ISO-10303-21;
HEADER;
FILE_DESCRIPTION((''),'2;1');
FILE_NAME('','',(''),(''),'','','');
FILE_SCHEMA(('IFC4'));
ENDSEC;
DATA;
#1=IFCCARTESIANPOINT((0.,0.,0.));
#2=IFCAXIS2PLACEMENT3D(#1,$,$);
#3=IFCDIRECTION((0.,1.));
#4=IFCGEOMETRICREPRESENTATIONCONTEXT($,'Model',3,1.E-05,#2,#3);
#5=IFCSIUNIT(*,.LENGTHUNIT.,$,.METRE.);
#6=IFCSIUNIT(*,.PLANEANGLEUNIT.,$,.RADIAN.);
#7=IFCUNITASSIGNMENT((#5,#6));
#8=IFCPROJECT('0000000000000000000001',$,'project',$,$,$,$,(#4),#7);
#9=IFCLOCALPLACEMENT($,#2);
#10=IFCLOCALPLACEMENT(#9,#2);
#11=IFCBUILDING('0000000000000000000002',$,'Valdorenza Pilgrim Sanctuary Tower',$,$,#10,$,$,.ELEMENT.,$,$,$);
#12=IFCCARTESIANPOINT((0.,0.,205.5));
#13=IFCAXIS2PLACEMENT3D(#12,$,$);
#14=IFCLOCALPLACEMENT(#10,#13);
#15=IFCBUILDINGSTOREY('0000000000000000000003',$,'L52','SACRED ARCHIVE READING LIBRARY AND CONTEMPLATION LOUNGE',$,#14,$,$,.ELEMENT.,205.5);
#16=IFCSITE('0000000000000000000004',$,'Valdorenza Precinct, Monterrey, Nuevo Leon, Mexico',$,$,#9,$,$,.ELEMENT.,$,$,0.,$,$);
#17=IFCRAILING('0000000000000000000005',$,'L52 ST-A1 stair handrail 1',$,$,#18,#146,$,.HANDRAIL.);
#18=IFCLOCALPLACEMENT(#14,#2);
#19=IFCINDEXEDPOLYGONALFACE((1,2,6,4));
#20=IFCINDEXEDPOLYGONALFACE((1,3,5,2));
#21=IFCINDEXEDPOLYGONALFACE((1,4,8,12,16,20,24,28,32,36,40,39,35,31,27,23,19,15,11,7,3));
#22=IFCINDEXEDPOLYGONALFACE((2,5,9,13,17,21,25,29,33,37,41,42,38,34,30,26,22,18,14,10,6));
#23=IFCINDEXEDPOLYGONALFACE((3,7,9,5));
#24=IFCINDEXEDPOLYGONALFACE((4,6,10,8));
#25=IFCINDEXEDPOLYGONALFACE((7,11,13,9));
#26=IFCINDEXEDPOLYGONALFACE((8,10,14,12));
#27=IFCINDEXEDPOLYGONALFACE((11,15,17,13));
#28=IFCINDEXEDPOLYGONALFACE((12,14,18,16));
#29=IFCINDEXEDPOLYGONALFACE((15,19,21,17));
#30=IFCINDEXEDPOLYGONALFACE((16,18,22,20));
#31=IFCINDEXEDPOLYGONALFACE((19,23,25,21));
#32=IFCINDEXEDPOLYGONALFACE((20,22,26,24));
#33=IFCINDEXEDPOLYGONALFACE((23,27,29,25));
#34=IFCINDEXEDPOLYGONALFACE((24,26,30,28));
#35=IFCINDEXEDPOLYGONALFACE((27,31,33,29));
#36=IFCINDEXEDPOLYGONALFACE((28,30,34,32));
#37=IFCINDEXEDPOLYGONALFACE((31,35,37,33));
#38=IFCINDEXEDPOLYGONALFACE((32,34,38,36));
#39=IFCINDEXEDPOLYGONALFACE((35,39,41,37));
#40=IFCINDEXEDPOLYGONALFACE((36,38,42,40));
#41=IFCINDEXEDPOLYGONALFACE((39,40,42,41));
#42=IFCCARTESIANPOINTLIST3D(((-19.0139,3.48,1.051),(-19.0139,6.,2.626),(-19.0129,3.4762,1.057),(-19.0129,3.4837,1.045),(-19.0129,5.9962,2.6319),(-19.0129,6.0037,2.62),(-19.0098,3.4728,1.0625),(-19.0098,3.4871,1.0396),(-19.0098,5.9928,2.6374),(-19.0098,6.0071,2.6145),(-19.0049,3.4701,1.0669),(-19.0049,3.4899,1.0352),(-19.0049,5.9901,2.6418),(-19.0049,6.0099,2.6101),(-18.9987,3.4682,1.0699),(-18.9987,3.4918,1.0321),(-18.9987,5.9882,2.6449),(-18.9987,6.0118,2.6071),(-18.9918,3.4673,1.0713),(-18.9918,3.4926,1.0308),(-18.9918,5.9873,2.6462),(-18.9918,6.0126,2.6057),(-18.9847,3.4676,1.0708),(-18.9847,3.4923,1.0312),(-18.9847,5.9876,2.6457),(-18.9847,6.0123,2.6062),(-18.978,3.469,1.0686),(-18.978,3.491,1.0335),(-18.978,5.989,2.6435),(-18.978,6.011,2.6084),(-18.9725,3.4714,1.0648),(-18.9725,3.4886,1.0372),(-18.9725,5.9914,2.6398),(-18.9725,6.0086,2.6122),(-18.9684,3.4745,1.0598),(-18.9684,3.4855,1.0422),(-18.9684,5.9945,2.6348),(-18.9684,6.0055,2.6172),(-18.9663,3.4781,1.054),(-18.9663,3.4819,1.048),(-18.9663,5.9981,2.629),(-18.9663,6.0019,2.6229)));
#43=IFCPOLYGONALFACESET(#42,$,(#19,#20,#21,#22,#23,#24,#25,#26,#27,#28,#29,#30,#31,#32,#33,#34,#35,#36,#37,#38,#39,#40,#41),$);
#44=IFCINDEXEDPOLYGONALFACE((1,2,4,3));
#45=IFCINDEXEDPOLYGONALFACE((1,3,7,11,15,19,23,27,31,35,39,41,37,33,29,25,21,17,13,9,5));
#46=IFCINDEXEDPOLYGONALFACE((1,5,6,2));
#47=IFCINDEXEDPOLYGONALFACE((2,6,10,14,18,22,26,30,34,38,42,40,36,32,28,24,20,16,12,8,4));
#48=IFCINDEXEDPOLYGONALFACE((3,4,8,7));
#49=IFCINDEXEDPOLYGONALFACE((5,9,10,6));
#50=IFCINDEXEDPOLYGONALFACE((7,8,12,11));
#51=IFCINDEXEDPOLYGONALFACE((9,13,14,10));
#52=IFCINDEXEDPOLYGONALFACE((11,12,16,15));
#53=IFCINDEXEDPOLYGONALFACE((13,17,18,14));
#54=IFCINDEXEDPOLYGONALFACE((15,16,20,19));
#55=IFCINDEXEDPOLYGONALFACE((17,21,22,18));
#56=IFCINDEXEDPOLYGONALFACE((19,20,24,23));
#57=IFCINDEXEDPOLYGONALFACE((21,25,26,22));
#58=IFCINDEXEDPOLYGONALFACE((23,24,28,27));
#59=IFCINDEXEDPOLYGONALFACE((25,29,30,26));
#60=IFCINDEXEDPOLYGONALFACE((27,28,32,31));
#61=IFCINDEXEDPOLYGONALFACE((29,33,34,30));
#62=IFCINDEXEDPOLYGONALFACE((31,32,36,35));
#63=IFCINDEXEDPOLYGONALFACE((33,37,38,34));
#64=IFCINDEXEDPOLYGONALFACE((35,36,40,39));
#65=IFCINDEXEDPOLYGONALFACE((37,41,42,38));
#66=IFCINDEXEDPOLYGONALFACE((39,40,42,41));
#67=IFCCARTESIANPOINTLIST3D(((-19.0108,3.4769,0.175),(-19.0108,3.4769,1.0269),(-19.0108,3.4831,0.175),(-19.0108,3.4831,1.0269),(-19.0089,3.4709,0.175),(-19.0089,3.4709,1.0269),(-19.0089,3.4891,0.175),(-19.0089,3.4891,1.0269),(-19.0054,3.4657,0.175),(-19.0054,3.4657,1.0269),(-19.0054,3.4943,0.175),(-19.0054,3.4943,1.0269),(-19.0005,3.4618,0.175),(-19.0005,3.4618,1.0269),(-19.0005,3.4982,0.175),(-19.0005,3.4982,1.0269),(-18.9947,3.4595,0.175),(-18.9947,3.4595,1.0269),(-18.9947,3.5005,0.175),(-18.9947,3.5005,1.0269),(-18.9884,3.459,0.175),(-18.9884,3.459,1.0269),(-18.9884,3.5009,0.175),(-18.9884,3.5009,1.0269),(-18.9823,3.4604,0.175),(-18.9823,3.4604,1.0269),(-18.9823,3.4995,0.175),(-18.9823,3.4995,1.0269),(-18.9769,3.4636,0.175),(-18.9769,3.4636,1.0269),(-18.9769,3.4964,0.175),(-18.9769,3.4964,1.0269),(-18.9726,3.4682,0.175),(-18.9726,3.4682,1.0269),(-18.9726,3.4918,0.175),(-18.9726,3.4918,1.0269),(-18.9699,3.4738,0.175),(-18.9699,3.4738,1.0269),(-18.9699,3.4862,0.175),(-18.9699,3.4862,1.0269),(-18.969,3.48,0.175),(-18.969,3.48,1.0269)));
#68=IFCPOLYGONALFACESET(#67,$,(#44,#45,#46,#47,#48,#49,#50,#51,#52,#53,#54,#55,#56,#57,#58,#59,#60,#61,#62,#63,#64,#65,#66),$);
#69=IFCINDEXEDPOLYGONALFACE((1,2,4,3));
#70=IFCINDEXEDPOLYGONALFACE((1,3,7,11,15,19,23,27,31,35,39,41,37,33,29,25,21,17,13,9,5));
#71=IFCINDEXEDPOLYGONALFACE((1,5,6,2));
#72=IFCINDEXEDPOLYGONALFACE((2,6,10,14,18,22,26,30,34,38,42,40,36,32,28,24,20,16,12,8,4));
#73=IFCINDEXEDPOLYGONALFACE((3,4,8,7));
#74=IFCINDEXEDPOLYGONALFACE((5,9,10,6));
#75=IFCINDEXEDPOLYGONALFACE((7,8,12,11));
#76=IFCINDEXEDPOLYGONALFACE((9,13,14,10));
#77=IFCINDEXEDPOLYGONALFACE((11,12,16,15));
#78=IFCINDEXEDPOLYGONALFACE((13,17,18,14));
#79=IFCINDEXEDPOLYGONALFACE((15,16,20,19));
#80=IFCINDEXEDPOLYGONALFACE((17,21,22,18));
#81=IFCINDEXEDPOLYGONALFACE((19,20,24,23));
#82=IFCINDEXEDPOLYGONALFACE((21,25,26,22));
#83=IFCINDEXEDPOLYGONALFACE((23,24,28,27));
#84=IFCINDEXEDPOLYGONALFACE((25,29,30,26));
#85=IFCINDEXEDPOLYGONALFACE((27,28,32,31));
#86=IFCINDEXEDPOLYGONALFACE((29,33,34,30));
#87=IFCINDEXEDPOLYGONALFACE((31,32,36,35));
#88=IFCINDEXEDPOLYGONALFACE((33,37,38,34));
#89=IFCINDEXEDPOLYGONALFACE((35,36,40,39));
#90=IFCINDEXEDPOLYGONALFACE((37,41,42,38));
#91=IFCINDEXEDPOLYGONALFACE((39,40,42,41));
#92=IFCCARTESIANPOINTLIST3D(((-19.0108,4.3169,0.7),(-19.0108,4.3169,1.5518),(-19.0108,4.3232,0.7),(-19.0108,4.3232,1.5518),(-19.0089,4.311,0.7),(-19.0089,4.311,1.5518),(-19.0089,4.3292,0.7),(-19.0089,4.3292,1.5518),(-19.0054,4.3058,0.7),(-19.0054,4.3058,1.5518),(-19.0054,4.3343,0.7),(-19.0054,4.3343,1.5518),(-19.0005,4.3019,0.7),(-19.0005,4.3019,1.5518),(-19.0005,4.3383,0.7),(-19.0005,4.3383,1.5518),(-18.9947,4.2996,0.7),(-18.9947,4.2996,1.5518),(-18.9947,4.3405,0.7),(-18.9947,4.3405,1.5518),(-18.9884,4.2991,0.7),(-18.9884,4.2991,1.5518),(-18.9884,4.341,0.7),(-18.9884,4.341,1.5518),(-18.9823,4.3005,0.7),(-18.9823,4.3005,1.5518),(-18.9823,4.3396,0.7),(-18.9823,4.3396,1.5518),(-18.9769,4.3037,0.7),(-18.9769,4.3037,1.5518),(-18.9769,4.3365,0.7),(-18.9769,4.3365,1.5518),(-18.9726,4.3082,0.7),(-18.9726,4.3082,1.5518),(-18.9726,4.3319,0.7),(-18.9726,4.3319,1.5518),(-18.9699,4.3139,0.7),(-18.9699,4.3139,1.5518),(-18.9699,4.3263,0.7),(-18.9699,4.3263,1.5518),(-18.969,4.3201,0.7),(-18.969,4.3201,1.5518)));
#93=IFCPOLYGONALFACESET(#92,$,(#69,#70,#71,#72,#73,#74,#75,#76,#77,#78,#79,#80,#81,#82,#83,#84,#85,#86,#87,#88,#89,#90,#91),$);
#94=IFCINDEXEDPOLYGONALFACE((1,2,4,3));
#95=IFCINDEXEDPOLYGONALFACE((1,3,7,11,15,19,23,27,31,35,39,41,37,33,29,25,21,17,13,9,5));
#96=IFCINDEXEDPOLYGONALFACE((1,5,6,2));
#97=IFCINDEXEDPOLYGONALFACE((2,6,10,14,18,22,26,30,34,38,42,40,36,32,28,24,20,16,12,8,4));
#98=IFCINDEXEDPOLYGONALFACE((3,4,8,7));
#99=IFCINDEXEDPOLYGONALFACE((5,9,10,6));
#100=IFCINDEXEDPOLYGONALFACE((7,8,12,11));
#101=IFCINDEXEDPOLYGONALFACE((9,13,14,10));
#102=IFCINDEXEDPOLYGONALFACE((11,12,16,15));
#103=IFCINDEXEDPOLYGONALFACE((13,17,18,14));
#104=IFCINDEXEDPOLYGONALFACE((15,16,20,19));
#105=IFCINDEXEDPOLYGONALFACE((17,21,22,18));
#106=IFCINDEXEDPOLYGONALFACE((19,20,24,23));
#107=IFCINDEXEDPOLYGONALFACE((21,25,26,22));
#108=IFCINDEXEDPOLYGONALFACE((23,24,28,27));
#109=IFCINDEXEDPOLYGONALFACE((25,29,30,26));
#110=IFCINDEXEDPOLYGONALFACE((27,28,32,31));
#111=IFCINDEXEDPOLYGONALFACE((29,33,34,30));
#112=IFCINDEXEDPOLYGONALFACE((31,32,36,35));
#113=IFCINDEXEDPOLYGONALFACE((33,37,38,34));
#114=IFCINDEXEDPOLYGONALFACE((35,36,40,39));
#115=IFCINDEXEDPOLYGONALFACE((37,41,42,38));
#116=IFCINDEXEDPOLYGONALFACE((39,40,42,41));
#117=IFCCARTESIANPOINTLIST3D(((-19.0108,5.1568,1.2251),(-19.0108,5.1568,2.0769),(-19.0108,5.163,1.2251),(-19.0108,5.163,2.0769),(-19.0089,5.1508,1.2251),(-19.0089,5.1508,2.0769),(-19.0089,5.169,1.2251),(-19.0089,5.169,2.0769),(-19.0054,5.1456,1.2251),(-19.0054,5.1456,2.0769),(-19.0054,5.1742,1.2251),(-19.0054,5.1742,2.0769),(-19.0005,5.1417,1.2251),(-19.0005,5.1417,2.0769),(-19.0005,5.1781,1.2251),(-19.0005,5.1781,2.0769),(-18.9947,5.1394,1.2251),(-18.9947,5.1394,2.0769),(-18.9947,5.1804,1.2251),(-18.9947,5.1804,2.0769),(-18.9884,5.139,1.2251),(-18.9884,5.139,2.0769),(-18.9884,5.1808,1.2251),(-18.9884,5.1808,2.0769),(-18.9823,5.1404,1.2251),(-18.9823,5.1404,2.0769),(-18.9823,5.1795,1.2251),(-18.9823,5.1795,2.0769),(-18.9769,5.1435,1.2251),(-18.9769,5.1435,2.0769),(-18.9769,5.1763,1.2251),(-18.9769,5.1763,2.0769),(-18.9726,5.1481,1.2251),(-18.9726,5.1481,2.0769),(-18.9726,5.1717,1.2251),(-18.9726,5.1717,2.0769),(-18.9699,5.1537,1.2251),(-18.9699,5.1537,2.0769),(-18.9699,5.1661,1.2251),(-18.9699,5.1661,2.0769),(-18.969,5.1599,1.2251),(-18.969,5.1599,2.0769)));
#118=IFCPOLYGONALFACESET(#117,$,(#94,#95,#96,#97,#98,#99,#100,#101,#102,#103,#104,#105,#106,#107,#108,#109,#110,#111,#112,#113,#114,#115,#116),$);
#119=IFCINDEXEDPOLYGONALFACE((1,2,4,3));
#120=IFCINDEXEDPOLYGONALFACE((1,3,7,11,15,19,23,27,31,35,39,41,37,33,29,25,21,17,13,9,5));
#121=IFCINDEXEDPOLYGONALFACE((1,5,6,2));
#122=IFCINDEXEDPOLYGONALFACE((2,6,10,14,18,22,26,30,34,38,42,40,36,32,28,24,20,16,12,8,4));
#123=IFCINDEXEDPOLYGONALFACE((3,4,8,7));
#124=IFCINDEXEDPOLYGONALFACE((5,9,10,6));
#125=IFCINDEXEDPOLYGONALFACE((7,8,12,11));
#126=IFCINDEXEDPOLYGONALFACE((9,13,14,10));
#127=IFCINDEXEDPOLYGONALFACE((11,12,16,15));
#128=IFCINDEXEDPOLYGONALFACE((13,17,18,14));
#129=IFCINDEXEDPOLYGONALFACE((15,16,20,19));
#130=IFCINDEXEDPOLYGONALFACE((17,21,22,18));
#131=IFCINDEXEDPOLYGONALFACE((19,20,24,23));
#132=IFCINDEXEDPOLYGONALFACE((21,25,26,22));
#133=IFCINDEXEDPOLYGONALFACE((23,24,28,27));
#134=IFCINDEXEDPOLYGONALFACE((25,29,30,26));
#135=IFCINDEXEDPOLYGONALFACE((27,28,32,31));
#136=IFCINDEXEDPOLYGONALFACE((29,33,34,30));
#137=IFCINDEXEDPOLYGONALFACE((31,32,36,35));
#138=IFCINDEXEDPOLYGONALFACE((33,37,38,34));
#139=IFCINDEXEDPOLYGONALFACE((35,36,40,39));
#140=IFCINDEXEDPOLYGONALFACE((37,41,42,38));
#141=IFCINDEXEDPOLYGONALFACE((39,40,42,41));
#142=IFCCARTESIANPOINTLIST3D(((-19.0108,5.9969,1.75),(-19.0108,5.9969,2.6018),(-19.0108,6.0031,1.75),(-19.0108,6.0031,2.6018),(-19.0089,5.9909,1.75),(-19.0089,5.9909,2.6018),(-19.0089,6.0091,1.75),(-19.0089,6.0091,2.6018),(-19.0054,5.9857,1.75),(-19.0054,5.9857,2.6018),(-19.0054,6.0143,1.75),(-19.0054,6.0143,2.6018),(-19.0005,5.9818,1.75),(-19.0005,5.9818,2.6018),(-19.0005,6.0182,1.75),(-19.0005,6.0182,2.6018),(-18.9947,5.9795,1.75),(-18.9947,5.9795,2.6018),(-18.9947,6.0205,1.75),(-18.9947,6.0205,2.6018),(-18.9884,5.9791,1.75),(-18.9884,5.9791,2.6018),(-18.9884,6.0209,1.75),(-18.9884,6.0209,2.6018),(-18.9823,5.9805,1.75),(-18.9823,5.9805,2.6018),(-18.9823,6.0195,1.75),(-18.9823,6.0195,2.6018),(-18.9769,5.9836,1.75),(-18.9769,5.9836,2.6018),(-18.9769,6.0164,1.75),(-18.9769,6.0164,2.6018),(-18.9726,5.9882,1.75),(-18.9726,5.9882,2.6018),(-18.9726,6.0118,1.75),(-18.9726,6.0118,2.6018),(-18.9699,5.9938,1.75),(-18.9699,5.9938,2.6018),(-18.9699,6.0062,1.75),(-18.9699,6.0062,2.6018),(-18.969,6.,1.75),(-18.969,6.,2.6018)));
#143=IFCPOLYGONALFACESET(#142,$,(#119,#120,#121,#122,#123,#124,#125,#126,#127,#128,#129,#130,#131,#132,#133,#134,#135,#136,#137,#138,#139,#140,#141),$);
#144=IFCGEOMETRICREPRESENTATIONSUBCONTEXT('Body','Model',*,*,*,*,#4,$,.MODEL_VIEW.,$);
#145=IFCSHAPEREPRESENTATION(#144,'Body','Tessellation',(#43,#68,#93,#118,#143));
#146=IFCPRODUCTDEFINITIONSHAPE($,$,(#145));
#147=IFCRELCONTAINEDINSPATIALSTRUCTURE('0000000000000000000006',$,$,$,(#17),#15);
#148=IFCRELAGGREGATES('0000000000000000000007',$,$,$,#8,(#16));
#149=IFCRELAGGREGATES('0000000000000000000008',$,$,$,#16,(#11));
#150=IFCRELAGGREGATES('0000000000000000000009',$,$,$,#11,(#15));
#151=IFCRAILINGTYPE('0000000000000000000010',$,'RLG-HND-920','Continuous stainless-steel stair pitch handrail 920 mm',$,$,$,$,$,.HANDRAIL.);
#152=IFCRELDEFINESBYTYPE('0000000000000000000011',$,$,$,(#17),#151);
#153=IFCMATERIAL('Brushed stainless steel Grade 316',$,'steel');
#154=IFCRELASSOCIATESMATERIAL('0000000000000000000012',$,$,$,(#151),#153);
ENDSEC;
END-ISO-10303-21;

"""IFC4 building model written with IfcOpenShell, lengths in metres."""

from ifc_helpers import new_model, si_unit, direction, frame, origin, origin_2d, place, context, subcontext, project, spatial, circle, extrude, material, type_object, element, save


model = new_model("IFC4")

# Units and contexts
model_context = context("Model", 3, precision=1e-05, world=origin(), true_north=direction((0.0, 1.0)))
body_context = subcontext(model_context, "Body", "Model", "MODEL_VIEW")
ifc_project = project(units=[si_unit("LENGTHUNIT", "METRE"), si_unit("PLANEANGLEUNIT", "RADIAN")], contexts=[model_context])

# Site, building, storey
site_placement = place(None, origin())
site = spatial("IfcSite", under=ifc_project, at=site_placement, Name="Valdorenza Precinct, Monterrey, Nuevo Leon, Mexico", CompositionType="ELEMENT", RefElevation=0.0)
building_placement = place(site_placement, origin())
building = spatial("IfcBuilding", under=site, at=building_placement, Name="Valdorenza Pilgrim Sanctuary Tower", CompositionType="ELEMENT")
storey_placement = place(building_placement, frame((0.0, 0.0, 205.5)))
storey = spatial("IfcBuildingStorey", under=building, at=storey_placement, Name="L52", Description="SACRED ARCHIVE READING LIBRARY AND CONTEMPLATION LOUNGE", CompositionType="ELEMENT", Elevation=205.5)

# Shared definitions
ifc_material_1 = material(Name="Brushed stainless steel Grade 316", Category="steel")

# Railing
railing_type_1 = type_object("IfcRailingType", Name="RLG-HND-920", Description="Continuous stainless-steel stair pitch handrail 920 mm", PredefinedType="HANDRAIL", material=ifc_material_1)
railing_1_placement = place(storey_placement, frame((-18.99, 3.48, 0.175)))
element("IfcRailing", 1, at=railing_1_placement, inside=storey, type_object=railing_type_1, Name="L52 ST-A1 stair handrail 1", PredefinedType="HANDRAIL", context=body_context, shape_type="SweptSolid", body=[
    extrude(circle(Radius=0.0239, at=origin_2d()), frame((0.0, 0.0, 0.876), z_axis=(0.0, 0.848008, 0.529984), x_axis=(-1.0, 0.0, 0.0)), (0.0, 0.0, 1.0), 2.9717),
    extrude(circle(Radius=0.021, at=origin_2d()), origin(), (0.0, 0.0, 1.0), 0.8518),
    extrude(circle(Radius=0.021, at=origin_2d()), frame((0.0, 0.8401, 0.5249)), (0.0, 0.0, 1.0), 0.8518),
    extrude(circle(Radius=0.021, at=origin_2d()), frame((0.0, 1.6799, 1.05)), (0.0, 0.0, 1.0), 0.8518),
    extrude(circle(Radius=0.021, at=origin_2d()), frame((0.0, 2.52, 1.575)), (0.0, 0.0, 1.0), 0.8518),
])

save(model, "model.ifc")
